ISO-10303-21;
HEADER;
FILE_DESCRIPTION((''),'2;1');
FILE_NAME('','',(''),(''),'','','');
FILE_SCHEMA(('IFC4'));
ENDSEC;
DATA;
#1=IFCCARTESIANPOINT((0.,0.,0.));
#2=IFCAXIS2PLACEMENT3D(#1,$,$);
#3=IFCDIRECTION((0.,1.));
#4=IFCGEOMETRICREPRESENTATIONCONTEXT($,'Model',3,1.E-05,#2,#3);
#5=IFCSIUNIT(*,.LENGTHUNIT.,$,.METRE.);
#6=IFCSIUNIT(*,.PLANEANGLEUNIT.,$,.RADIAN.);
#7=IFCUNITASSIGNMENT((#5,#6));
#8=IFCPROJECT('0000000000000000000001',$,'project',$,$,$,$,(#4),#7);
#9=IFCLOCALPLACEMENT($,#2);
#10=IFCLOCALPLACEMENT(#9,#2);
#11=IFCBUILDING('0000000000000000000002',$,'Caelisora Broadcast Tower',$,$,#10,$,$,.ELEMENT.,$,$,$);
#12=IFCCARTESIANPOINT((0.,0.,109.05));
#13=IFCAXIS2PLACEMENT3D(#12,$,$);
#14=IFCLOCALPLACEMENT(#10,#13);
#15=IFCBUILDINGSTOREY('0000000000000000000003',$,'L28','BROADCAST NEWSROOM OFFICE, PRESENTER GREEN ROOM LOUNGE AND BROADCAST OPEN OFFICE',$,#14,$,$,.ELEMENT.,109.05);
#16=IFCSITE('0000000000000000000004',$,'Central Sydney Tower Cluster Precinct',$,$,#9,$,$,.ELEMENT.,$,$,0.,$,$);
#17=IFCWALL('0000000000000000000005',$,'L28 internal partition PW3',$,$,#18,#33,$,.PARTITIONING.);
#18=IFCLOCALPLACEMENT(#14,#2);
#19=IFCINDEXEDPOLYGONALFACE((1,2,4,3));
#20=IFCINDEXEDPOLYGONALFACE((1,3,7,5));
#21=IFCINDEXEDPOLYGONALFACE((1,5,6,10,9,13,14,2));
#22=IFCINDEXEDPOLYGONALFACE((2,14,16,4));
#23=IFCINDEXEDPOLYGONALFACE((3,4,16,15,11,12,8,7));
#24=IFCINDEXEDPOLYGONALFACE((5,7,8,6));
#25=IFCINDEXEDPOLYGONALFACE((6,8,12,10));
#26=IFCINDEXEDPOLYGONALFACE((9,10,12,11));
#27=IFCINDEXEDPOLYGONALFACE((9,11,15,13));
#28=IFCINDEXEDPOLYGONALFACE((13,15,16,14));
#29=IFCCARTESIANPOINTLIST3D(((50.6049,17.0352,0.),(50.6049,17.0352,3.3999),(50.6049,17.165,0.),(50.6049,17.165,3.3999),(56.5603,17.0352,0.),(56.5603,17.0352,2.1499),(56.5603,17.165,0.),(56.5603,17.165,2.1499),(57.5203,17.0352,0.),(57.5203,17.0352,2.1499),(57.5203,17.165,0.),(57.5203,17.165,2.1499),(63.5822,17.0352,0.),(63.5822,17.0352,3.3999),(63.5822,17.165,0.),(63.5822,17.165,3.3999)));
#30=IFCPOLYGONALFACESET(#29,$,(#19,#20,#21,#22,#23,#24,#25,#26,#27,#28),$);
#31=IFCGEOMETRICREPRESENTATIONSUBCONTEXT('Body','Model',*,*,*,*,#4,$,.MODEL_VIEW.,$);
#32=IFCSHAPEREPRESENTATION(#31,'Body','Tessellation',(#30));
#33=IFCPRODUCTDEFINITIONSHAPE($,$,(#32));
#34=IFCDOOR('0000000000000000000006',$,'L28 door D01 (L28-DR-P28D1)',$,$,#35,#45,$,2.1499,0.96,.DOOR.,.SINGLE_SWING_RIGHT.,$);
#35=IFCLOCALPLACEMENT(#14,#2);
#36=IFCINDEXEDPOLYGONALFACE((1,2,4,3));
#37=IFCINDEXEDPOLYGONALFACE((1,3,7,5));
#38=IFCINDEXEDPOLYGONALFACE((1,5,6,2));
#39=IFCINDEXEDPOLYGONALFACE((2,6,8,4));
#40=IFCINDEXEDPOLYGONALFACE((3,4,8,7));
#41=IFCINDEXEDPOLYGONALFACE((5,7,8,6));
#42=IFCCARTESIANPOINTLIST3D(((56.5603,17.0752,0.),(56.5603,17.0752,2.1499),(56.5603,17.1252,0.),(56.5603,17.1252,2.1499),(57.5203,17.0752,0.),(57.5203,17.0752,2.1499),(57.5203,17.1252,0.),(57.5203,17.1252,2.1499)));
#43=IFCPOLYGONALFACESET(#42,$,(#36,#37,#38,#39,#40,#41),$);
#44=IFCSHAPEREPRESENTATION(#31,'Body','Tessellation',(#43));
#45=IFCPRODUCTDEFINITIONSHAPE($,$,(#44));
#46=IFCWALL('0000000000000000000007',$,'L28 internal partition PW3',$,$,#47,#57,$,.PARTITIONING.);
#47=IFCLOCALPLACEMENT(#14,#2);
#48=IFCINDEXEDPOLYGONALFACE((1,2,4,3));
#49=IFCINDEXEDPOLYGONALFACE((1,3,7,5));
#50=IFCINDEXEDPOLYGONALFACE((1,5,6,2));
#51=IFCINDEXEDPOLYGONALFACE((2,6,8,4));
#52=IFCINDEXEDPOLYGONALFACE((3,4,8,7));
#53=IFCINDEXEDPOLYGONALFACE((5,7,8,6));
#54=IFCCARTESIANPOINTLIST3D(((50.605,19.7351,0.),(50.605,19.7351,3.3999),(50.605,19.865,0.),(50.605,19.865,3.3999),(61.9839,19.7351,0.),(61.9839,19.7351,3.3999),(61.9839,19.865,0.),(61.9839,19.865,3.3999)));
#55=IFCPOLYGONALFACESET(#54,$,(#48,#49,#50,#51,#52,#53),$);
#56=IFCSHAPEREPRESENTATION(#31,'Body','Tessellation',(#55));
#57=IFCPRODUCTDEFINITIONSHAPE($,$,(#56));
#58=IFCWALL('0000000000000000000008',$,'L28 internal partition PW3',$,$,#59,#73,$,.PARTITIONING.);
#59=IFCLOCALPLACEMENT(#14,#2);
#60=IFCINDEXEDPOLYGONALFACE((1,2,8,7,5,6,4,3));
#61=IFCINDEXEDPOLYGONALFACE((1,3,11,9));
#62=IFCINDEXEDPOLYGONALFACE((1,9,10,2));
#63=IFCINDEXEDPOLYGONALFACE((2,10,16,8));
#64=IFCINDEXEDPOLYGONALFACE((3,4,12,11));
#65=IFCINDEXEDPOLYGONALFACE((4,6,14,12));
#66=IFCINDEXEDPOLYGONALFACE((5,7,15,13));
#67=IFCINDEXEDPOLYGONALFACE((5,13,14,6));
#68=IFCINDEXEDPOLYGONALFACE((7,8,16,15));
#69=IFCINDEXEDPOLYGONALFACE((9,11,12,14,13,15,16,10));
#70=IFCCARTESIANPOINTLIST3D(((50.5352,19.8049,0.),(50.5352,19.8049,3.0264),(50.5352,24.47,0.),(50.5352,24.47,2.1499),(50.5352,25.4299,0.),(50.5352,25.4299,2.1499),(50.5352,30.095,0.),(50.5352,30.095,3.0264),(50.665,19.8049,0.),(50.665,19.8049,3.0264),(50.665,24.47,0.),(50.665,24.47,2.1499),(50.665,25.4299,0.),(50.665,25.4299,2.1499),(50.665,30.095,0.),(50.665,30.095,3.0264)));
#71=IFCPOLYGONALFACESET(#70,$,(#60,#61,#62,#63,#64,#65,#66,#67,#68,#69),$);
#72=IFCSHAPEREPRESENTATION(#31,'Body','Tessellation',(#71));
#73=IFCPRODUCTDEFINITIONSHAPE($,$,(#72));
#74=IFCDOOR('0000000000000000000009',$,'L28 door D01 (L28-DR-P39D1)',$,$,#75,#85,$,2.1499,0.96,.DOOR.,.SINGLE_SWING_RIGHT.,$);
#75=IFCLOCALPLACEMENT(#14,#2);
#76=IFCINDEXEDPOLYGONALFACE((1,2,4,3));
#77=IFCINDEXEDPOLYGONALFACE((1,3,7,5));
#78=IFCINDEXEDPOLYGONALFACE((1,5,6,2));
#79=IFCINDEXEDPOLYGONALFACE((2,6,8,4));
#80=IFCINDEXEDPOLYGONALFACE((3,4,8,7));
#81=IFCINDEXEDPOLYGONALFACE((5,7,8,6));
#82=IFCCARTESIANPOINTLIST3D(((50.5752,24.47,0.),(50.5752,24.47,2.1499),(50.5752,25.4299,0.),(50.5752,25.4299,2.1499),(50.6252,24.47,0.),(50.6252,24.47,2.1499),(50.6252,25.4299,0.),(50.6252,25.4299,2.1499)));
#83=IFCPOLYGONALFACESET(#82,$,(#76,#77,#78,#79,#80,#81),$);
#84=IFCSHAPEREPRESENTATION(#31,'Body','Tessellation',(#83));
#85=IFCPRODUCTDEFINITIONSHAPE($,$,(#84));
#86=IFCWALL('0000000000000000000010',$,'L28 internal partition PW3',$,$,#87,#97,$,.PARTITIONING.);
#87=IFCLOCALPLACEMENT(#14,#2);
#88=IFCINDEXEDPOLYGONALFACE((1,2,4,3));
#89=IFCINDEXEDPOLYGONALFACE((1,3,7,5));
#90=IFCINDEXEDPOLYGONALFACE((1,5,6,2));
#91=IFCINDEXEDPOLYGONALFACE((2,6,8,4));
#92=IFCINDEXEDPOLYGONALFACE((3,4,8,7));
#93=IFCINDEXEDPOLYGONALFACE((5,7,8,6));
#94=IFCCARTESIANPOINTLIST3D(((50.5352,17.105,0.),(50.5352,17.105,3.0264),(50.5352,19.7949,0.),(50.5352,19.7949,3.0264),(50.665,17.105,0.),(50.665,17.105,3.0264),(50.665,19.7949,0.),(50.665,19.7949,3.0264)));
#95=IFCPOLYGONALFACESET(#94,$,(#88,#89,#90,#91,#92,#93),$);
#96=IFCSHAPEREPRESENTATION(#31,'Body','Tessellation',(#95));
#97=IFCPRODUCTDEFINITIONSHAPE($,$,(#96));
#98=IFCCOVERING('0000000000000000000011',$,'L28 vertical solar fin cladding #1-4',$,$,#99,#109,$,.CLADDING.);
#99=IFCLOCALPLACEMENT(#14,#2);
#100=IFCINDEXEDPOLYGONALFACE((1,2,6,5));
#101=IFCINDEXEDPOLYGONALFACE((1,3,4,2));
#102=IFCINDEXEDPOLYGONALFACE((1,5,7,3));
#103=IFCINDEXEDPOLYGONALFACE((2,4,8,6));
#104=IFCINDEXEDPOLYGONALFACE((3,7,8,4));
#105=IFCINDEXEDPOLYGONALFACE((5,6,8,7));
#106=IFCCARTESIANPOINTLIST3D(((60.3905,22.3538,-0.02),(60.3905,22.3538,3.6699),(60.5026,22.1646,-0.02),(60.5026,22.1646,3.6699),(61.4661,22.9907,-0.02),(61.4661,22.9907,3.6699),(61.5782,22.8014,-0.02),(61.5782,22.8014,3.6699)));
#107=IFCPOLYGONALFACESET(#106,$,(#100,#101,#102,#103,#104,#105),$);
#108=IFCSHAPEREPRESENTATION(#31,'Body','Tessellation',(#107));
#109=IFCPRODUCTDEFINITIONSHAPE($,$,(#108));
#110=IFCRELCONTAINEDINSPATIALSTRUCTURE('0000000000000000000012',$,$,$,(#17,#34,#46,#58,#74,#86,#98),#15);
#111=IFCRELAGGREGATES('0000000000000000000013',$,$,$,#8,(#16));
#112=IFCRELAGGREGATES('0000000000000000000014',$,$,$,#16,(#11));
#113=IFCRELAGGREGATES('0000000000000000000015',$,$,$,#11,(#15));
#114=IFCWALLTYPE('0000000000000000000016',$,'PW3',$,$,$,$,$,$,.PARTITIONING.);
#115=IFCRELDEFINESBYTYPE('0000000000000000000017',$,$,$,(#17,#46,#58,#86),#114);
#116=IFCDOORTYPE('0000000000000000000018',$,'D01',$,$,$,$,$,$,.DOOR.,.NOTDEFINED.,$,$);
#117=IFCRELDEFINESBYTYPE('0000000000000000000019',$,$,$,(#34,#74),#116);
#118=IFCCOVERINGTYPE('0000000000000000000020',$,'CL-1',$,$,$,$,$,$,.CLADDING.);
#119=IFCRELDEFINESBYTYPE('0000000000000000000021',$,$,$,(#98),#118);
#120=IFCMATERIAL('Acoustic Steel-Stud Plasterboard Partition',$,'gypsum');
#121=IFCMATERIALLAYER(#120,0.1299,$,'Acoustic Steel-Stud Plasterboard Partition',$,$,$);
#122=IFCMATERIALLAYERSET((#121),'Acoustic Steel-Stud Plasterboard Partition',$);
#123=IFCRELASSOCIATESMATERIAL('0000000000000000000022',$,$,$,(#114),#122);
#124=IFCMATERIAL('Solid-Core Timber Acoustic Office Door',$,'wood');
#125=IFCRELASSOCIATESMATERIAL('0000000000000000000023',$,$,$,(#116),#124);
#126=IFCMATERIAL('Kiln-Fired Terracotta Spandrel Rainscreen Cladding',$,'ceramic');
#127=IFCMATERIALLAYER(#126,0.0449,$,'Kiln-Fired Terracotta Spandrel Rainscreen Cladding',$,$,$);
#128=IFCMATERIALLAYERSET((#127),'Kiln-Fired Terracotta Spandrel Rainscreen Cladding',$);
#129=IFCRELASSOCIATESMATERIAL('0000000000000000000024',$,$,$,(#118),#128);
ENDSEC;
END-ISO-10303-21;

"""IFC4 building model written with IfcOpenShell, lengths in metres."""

from ifc_helpers import new_model, si_unit, direction, frame, frame_2d, origin, origin_2d, place, context, subcontext, project, spatial, rectangle, extrude, source, transform, mapped, material, layer, layer_set, type_object, type_shapes, element, fill, save


model = new_model("IFC4")

# Units and contexts
model_context = context("Model", 3, precision=1e-05, world=origin(), true_north=direction((0.0, 1.0)))
body_context = subcontext(model_context, "Body", "Model", "MODEL_VIEW")
ifc_project = project(units=[si_unit("LENGTHUNIT", "METRE"), si_unit("PLANEANGLEUNIT", "RADIAN")], contexts=[model_context])

# Site, building, storey
site_placement = place(None, origin())
site = spatial("IfcSite", under=ifc_project, at=site_placement, Name="Central Sydney Tower Cluster Precinct", CompositionType="ELEMENT", RefElevation=0.0)
building_placement = place(site_placement, origin())
building = spatial("IfcBuilding", under=site, at=building_placement, Name="Caelisora Broadcast Tower", CompositionType="ELEMENT")
storey_placement = place(building_placement, frame((0.0, 0.0, 109.05)))
storey = spatial("IfcBuildingStorey", under=building, at=storey_placement, Name="L28", Description="BROADCAST NEWSROOM OFFICE, PRESENTER GREEN ROOM LOUNGE AND BROADCAST OPEN OFFICE", CompositionType="ELEMENT", Elevation=109.05)

# Wall, opening, door
ifc_material_1 = material(Name="Acoustic Steel-Stud Plasterboard Partition", Category="gypsum")
ifc_layer_1 = layer(ifc_material_1, 0.1299, Name="Acoustic Steel-Stud Plasterboard Partition")
ifc_layer_set_1 = layer_set([ifc_layer_1], Name="Acoustic Steel-Stud Plasterboard Partition")
wall_type_1 = type_object("IfcWallType", Name="PW3", PredefinedType="PARTITIONING", material=ifc_layer_set_1)
wall_1_placement = place(storey_placement, frame((63.5823, 17.1001, 0.0), z_axis=(0.0, 0.0, 1.0), x_axis=(-1.0, 0.0, 0.0)))
wall_1 = element("IfcWall", 1, at=wall_1_placement, inside=storey, type_object=wall_type_1, Name="L28 internal partition PW3", PredefinedType="PARTITIONING", context=body_context, shape_type="SweptSolid", body=[
    extrude(rectangle(XDim=12.9773, YDim=0.1299, at=frame_2d((6.4888, 0.0))), origin(), (0.0, 0.0, 1.0), 3.3999),
])
opening_1_placement = place(wall_1_placement, frame((6.062, 0.0, 0.0)))
opening_1 = element("IfcOpeningElement", 2, at=opening_1_placement, cuts=wall_1, PredefinedType="OPENING", context=body_context, shape_type="SweptSolid", body=[
    extrude(rectangle(XDim=0.96, YDim=2.1499, at=frame_2d((0.48, 1.075))), frame((0.0, 0.0769, 0.0), z_axis=(0.0, -1.0, 0.0), x_axis=(1.0, 0.0, 0.0)), (0.0, 0.0, 1.0), 0.1538),
])
ifc_material_2 = material(Name="Solid-Core Timber Acoustic Office Door", Category="wood")
door_type_1 = type_object("IfcDoorType", Name="D01", OperationType="NOTDEFINED", PredefinedType="DOOR", material=ifc_material_2)
door_1_placement = place(opening_1_placement, origin())
door_1 = element("IfcDoor", 3, at=door_1_placement, inside=storey, type_object=door_type_1, Name="L28 door D01 (L28-DR-P28D1)", OperationType="SINGLE_SWING_RIGHT", OverallHeight=2.1499, OverallWidth=0.96, PredefinedType="DOOR", context=body_context, shape_type="SweptSolid", body=[
    extrude(rectangle(XDim=0.96, YDim=2.1499, at=frame_2d((0.48, 1.075))), frame((0.0, 0.0249, 0.0), z_axis=(0.0, -1.0, 0.0), x_axis=(1.0, 0.0, 0.0)), (0.0, 0.0, 1.0), 0.05),
])
fill(opening_1, door_1)

# Wall
wall_2_placement = place(storey_placement, frame((50.605, 19.8, 0.0), z_axis=(0.0, 0.0, 1.0), x_axis=(1.0, 0.0, 0.0)))
element("IfcWall", 4, at=wall_2_placement, inside=storey, type_object=wall_type_1, Name="L28 internal partition PW3", PredefinedType="PARTITIONING", context=body_context, shape_type="SweptSolid", body=[
    extrude(rectangle(XDim=11.3789, YDim=0.1299, at=frame_2d((5.6895, 0.0))), origin(), (0.0, 0.0, 1.0), 3.3999),
])

# Wall, opening, door
wall_3_placement = place(storey_placement, frame((50.6001, 19.8049, 0.0), z_axis=(0.0, 0.0, 1.0), x_axis=(0.0, 1.0, 0.0)))
wall_3 = element("IfcWall", 5, at=wall_3_placement, inside=storey, type_object=wall_type_1, Name="L28 internal partition PW3", PredefinedType="PARTITIONING", context=body_context, shape_type="SweptSolid", body=[
    extrude(rectangle(XDim=10.29, YDim=0.1299, at=frame_2d((5.145, 0.0))), origin(), (0.0, 0.0, 1.0), 3.0264),
])
opening_2_placement = place(wall_3_placement, frame((4.665, 0.0, 0.0)))
opening_2 = element("IfcOpeningElement", 6, at=opening_2_placement, cuts=wall_3, PredefinedType="OPENING", context=body_context, shape_type="SweptSolid", body=[
    extrude(rectangle(XDim=0.96, YDim=2.1499, at=frame_2d((0.48, 1.075))), frame((0.0, 0.0769, 0.0), z_axis=(0.0, -1.0, 0.0), x_axis=(1.0, 0.0, 0.0)), (0.0, 0.0, 1.0), 0.1538),
])
door_2_placement = place(opening_2_placement, origin())
door_2 = element("IfcDoor", 7, at=door_2_placement, inside=storey, type_object=door_type_1, Name="L28 door D01 (L28-DR-P39D1)", OperationType="SINGLE_SWING_RIGHT", OverallHeight=2.1499, OverallWidth=0.96, PredefinedType="DOOR", context=body_context, shape_type="SweptSolid", body=[
    extrude(rectangle(XDim=0.96, YDim=2.1499, at=frame_2d((0.48, 1.075))), frame((0.0, 0.0249, 0.0), z_axis=(0.0, -1.0, 0.0), x_axis=(1.0, 0.0, 0.0)), (0.0, 0.0, 1.0), 0.05),
])
fill(opening_2, door_2)

# Wall
wall_4_placement = place(storey_placement, frame((50.6001, 17.105, 0.0), z_axis=(0.0, 0.0, 1.0), x_axis=(0.0, 1.0, 0.0)))
element("IfcWall", 8, at=wall_4_placement, inside=storey, type_object=wall_type_1, Name="L28 internal partition PW3", PredefinedType="PARTITIONING", context=body_context, shape_type="SweptSolid", body=[
    extrude(rectangle(XDim=2.6899, YDim=0.1299, at=frame_2d((1.345, 0.0))), origin(), (0.0, 0.0, 1.0), 3.0264),
])

# Covering
ifc_material_3 = material(Name="Kiln-Fired Terracotta Spandrel Rainscreen Cladding", Category="ceramic")
ifc_layer_2 = layer(ifc_material_3, 0.0449, Name="Kiln-Fired Terracotta Spandrel Rainscreen Cladding")
ifc_layer_set_2 = layer_set([ifc_layer_2], Name="Kiln-Fired Terracotta Spandrel Rainscreen Cladding")
covering_type = type_object("IfcCoveringType", Name="CL-1", PredefinedType="CLADDING", material=ifc_layer_set_2)
shared_shape_1 = source(origin(), body_context, "Body", "SweptSolid", [
    extrude(rectangle(XDim=0.22, YDim=1.25, at=origin_2d()), origin(), (0.0, 0.0, 1.0), 3.6899),
])
type_shapes(covering_type, [shared_shape_1])
covering_placement = place(storey_placement, frame((60.9844, 22.5776, -0.02), z_axis=(0.0, 0.0, 1.0), x_axis=(0.509492, -0.860475, 0.0)))
element("IfcCovering", 9, at=covering_placement, inside=storey, type_object=covering_type, Name="L28 vertical solar fin cladding #1-4", PredefinedType="CLADDING", context=body_context, shape_type="MappedRepresentation", body=[
    mapped(shared_shape_1, transform((0.0, 0.0, 0.0), scale=1.0)),
])

save(model, "model.ifc")
